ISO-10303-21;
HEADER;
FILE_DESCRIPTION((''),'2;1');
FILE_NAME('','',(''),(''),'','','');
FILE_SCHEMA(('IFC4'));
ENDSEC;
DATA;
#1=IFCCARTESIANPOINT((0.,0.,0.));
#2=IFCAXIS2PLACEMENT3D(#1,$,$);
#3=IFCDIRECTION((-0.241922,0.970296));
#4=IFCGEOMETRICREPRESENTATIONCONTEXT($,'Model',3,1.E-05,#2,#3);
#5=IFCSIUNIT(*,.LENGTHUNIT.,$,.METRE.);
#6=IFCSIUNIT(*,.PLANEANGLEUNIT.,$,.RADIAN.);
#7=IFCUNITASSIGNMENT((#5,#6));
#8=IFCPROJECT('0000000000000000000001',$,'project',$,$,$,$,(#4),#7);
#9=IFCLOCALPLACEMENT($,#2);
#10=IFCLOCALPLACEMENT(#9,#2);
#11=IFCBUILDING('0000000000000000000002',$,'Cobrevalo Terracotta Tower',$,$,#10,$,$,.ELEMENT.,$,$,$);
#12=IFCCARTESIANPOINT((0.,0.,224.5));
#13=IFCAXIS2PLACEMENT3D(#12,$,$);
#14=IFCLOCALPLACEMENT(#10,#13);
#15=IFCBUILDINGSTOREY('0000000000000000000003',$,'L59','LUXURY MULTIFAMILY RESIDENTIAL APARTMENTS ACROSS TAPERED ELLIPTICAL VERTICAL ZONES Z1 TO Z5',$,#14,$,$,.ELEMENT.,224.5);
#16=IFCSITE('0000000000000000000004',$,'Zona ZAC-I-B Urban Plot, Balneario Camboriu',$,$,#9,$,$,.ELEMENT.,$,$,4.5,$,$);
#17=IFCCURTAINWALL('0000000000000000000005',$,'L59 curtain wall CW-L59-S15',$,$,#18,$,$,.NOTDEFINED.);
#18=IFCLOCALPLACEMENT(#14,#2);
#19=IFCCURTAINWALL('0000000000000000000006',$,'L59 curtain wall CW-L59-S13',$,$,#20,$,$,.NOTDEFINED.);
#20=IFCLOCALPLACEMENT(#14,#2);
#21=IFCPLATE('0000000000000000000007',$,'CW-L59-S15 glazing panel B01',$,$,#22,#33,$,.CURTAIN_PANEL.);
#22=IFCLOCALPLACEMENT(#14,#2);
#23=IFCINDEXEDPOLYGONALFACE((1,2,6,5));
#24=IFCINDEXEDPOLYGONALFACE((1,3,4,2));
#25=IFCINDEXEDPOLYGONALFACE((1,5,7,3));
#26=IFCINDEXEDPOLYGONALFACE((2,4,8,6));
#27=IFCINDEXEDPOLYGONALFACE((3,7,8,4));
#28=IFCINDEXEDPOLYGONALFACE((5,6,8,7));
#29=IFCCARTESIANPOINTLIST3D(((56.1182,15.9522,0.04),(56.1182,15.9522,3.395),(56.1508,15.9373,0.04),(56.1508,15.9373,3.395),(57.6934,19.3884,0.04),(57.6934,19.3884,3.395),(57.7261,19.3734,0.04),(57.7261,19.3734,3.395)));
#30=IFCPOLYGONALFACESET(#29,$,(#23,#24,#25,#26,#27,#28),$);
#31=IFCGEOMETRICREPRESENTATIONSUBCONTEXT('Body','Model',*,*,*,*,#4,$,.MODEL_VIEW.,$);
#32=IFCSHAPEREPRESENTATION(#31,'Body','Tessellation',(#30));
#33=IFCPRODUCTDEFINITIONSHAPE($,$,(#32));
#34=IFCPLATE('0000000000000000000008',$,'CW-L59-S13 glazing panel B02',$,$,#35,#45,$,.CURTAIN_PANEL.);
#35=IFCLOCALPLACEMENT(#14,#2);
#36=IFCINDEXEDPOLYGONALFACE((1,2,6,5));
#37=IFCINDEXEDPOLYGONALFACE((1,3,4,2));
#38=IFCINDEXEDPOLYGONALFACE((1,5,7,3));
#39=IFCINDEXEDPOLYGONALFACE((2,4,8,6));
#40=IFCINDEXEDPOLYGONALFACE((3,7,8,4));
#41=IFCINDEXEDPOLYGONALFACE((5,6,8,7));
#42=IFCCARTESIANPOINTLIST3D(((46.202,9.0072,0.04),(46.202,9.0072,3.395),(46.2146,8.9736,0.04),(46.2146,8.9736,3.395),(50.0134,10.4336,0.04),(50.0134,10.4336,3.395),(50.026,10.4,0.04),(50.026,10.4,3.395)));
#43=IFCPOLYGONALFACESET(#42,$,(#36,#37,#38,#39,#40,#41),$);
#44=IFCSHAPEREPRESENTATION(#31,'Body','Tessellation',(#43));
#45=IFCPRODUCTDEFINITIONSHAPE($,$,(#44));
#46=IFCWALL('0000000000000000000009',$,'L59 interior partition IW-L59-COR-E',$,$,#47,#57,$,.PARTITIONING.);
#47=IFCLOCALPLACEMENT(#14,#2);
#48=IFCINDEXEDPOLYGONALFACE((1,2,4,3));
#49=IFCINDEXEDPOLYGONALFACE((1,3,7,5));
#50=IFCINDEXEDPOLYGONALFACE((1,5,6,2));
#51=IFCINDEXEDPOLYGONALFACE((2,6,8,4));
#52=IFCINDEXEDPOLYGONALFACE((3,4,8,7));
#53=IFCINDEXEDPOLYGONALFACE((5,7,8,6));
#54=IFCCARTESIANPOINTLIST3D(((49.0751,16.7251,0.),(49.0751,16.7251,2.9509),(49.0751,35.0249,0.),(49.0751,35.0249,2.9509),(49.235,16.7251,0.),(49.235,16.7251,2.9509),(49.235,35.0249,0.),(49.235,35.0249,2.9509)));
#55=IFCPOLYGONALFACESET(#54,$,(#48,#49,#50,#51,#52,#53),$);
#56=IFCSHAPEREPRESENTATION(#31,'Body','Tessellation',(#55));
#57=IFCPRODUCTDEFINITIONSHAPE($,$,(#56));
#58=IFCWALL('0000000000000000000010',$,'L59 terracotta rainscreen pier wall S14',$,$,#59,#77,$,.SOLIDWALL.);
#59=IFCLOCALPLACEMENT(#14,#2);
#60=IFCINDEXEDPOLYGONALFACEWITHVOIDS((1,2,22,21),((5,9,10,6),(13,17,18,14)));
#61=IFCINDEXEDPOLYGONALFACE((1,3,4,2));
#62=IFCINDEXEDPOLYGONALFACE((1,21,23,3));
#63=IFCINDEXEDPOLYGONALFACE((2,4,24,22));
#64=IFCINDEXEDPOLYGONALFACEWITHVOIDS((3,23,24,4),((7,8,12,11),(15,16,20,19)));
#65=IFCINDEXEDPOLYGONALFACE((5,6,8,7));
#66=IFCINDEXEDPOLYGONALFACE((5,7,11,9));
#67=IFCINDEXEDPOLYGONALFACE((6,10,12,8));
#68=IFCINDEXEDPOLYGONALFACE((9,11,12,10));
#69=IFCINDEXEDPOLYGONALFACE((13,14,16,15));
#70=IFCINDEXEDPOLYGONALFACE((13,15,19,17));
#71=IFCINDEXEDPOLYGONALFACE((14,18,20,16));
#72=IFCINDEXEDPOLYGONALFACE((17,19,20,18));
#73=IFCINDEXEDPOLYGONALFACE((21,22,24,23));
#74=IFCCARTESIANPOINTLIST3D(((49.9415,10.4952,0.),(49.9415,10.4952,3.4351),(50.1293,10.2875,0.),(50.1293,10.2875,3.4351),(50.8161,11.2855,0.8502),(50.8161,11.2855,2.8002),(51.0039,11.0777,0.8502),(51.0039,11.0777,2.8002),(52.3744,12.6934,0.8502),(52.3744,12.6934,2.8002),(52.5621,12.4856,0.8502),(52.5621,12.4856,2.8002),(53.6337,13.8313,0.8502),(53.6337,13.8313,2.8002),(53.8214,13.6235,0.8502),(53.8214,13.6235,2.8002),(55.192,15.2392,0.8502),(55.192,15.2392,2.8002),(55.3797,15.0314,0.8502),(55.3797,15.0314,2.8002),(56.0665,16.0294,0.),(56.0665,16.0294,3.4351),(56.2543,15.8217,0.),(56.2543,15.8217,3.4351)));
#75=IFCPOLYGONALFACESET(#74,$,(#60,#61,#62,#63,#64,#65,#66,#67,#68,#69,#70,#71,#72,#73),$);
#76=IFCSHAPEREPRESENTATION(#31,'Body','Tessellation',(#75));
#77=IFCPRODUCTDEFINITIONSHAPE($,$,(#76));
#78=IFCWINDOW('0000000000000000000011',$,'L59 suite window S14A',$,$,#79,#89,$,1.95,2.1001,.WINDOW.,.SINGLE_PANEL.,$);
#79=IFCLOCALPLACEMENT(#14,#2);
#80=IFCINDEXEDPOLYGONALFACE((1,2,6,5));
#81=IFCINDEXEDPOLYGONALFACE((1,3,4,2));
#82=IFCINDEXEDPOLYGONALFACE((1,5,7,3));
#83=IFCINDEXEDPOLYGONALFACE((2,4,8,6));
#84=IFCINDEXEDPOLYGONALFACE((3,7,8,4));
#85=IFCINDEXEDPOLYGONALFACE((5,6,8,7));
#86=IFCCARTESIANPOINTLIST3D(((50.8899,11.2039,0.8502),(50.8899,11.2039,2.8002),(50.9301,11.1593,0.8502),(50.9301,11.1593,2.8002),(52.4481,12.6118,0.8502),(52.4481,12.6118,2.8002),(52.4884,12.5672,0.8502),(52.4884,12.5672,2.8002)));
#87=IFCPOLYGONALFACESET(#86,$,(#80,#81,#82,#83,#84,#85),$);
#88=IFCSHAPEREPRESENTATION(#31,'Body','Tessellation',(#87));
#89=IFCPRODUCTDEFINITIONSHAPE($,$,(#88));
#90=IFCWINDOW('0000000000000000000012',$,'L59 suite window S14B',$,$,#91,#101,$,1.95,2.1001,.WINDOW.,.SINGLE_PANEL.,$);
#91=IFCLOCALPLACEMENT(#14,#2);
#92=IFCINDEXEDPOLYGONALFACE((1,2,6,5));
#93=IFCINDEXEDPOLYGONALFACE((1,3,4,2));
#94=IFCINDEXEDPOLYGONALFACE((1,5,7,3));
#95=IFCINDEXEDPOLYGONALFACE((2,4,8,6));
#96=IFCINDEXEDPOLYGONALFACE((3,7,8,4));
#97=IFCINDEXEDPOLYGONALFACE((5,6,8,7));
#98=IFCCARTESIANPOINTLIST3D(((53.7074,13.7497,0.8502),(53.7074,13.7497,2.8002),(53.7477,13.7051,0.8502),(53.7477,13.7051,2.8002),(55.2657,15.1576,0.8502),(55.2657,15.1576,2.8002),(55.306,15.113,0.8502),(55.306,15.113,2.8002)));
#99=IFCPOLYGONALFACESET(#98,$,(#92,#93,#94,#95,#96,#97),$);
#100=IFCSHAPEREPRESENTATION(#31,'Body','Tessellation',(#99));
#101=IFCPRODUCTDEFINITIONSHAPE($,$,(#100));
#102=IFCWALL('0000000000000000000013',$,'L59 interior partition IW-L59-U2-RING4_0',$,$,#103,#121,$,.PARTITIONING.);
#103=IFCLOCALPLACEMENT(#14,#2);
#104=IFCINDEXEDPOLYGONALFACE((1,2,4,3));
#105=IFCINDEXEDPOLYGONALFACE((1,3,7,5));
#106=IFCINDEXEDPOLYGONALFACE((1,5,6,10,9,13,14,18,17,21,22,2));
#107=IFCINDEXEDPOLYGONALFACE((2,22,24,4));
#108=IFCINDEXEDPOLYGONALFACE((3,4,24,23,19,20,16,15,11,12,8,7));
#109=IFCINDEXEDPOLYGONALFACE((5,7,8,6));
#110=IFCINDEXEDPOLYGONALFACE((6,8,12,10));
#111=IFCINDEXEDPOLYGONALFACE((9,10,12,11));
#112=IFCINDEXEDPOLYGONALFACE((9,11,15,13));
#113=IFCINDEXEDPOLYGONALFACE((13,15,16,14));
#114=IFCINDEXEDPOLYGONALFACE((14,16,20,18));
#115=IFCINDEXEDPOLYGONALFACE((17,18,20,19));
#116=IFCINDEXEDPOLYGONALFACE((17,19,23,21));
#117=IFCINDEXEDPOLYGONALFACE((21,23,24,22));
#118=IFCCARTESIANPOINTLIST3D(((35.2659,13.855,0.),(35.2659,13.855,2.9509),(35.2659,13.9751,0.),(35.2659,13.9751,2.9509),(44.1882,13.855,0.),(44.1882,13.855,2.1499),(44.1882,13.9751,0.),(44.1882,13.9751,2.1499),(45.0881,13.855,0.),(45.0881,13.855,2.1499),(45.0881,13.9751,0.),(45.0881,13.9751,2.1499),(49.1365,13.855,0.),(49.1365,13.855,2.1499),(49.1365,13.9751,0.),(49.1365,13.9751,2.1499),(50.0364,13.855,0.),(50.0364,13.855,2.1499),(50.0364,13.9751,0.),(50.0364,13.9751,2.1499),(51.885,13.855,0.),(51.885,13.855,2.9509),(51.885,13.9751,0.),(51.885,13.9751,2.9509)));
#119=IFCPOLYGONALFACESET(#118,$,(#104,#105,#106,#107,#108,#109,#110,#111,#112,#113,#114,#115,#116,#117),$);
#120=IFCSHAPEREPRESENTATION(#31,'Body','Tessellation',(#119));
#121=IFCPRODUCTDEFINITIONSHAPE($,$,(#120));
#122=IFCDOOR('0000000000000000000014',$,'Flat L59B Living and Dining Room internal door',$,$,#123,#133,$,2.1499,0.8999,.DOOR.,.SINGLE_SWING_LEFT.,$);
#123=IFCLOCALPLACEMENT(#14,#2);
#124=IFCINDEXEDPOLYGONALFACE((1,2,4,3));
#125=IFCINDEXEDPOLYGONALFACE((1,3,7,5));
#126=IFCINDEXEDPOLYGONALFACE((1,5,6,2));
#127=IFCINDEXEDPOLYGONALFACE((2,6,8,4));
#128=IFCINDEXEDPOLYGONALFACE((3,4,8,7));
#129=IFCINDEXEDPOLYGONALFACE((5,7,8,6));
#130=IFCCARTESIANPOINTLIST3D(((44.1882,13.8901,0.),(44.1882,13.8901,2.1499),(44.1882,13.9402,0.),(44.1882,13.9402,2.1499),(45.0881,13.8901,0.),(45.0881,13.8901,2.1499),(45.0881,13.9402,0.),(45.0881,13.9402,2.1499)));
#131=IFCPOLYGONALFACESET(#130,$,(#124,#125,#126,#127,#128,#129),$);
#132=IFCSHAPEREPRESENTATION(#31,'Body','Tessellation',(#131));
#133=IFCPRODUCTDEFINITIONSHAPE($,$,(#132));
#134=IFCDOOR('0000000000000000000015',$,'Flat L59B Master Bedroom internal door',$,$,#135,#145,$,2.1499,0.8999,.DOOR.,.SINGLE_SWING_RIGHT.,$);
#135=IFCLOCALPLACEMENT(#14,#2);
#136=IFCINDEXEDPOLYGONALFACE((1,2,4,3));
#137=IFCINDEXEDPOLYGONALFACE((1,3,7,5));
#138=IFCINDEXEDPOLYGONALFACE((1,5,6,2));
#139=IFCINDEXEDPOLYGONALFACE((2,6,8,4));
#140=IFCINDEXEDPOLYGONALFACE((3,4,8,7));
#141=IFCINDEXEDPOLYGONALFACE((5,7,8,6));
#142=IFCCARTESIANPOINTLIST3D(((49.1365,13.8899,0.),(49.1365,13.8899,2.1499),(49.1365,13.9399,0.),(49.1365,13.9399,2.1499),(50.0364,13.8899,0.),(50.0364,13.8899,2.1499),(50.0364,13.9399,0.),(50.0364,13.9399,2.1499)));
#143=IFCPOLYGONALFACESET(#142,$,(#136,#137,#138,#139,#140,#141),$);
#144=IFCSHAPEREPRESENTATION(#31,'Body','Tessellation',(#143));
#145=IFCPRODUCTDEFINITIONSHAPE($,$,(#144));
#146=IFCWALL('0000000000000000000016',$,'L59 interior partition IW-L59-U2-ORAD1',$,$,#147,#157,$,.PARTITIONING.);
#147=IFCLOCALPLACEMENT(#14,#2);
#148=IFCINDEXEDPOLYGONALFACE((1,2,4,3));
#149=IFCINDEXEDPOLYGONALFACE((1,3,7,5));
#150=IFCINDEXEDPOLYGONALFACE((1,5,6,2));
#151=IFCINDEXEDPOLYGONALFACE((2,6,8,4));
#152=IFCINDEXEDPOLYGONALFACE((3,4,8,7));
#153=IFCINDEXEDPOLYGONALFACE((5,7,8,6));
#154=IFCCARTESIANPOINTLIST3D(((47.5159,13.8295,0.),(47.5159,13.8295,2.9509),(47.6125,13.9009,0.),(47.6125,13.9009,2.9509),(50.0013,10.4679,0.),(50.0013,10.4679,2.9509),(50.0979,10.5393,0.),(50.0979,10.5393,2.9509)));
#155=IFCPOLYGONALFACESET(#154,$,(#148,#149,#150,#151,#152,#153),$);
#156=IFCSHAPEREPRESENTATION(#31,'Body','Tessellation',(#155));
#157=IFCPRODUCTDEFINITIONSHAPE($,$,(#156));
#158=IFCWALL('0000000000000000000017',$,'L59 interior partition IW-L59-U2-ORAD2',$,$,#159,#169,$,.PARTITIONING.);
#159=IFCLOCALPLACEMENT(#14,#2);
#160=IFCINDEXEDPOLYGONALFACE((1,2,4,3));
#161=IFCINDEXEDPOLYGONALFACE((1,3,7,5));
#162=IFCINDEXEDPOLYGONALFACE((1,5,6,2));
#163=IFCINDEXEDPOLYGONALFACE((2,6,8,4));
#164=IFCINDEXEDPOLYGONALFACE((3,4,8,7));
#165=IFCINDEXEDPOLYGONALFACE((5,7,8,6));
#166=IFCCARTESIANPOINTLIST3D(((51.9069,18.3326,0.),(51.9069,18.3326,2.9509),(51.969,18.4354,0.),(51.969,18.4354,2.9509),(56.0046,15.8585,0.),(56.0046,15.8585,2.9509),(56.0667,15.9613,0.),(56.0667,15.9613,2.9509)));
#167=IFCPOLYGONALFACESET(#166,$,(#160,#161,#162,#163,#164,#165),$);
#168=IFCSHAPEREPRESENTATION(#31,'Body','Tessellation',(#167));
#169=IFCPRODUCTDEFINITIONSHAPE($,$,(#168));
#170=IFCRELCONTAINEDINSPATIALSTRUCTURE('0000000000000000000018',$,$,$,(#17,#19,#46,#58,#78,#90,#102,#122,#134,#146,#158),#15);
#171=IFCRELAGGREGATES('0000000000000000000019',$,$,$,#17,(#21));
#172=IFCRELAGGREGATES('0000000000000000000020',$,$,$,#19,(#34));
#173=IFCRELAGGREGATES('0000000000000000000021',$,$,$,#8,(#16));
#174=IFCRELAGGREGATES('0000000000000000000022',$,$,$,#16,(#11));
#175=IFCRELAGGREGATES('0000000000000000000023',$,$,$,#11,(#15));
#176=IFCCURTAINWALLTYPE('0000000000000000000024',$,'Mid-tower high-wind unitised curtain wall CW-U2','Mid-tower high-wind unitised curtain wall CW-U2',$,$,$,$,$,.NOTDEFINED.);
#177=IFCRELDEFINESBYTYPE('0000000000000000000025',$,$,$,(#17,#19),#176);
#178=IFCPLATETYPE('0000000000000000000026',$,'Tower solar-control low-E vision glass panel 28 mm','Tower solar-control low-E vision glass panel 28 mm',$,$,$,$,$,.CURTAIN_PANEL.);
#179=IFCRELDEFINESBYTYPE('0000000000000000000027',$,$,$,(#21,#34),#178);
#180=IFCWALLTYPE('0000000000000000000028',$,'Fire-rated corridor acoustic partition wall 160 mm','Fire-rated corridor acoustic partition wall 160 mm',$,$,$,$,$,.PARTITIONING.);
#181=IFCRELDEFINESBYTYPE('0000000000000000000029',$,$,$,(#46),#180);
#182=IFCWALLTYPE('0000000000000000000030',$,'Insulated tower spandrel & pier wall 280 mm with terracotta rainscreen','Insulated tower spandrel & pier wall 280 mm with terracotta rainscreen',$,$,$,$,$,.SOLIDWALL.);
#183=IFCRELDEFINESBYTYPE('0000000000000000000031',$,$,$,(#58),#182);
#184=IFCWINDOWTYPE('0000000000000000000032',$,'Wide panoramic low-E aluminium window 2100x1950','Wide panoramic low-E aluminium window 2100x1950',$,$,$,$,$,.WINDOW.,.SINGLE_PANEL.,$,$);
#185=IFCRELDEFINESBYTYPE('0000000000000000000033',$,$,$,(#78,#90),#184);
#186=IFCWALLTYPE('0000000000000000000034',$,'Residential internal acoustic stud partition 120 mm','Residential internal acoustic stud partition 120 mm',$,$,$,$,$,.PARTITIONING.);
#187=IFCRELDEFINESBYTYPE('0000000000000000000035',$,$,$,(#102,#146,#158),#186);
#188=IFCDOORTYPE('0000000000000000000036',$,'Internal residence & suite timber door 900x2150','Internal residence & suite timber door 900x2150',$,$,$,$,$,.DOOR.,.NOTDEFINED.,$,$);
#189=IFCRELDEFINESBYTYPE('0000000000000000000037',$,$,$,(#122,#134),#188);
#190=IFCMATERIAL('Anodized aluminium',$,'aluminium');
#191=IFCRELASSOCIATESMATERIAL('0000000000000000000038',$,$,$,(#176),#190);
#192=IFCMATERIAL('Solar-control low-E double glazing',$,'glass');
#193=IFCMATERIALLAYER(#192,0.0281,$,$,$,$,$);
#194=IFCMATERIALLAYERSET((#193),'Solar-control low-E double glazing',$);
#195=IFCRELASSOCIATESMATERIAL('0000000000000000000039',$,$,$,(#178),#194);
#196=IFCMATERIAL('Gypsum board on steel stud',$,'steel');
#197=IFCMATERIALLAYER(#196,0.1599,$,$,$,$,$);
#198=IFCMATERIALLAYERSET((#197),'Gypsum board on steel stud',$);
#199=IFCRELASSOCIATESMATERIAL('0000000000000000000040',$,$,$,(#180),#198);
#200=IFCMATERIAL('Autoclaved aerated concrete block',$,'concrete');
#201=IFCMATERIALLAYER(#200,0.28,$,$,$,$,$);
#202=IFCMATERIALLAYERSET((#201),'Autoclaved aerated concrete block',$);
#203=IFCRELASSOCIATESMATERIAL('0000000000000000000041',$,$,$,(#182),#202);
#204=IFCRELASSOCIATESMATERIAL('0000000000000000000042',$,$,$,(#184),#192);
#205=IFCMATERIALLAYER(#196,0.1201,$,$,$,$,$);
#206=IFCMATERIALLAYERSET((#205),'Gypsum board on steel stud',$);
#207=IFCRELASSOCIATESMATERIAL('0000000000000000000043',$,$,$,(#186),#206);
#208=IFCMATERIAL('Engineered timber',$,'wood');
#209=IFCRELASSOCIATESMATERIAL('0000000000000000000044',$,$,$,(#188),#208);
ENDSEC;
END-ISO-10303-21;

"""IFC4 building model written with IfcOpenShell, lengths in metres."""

from ifc_helpers import new_model, si_unit, direction, frame, frame_2d, origin, origin_2d, place, context, subcontext, project, spatial, rectangle, extrude, source, transform, mapped, material, layer, layer_set, type_object, element, fill, aggregate, save


model = new_model("IFC4")

# Units and contexts
model_context = context("Model", 3, precision=1e-05, world=origin(), true_north=direction((-0.241922, 0.970296)))
body_context = subcontext(model_context, "Body", "Model", "MODEL_VIEW")
ifc_project = project(units=[si_unit("LENGTHUNIT", "METRE"), si_unit("PLANEANGLEUNIT", "RADIAN")], contexts=[model_context])

# Site, building, storey
site_placement = place(None, origin())
site = spatial("IfcSite", under=ifc_project, at=site_placement, Name="Zona ZAC-I-B Urban Plot, Balneario Camboriu", CompositionType="ELEMENT", RefElevation=4.5)
building_placement = place(site_placement, origin())
building = spatial("IfcBuilding", under=site, at=building_placement, Name="Cobrevalo Terracotta Tower", CompositionType="ELEMENT")
storey_placement = place(building_placement, frame((0.0, 0.0, 224.5)))
storey = spatial("IfcBuildingStorey", under=building, at=storey_placement, Name="L59", Description="LUXURY MULTIFAMILY RESIDENTIAL APARTMENTS ACROSS TAPERED ELLIPTICAL VERTICAL ZONES Z1 TO Z5", CompositionType="ELEMENT", Elevation=224.5)

# Curtain wall
ifc_material_1 = material(Name="Anodized aluminium", Category="aluminium")
curtain_wall_type = type_object("IfcCurtainWallType", Name="Mid-tower high-wind unitised curtain wall CW-U2", Description="Mid-tower high-wind unitised curtain wall CW-U2", PredefinedType="NOTDEFINED", material=ifc_material_1)
curtain_wall_1_placement = place(storey_placement, origin())
curtain_wall_1 = element("IfcCurtainWall", 1, at=curtain_wall_1_placement, inside=storey, type_object=curtain_wall_type, Name="L59 curtain wall CW-L59-S15", PredefinedType="NOTDEFINED")

# Curtain wall
curtain_wall_2_placement = place(storey_placement, origin())
curtain_wall_2 = element("IfcCurtainWall", 2, at=curtain_wall_2_placement, inside=storey, type_object=curtain_wall_type, Name="L59 curtain wall CW-L59-S13", PredefinedType="NOTDEFINED")

# Plates
ifc_material_2 = material(Name="Solar-control low-E double glazing", Category="glass")
ifc_layer_1 = layer(ifc_material_2, 0.0281)
ifc_layer_set_1 = layer_set([ifc_layer_1], Name="Solar-control low-E double glazing")
plate_type = type_object("IfcPlateType", Name="Tower solar-control low-E vision glass panel 28 mm", Description="Tower solar-control low-E vision glass panel 28 mm", PredefinedType="CURTAIN_PANEL", material=ifc_layer_set_1)
shared_shape_1 = source(origin(), body_context, "Body", "SweptSolid", [
    extrude(rectangle(XDim=3.78, YDim=0.0359, at=origin_2d()), origin(), (0.0, 0.0, 1.0), 3.355),
])
plate_1_placement = place(storey_placement, frame((56.9221, 17.6628, 0.04), z_axis=(0.0, 0.0, 1.0), x_axis=(0.416731, 0.90903, 0.0)))
plate_1 = element("IfcPlate", 3, at=plate_1_placement, type_object=plate_type, Name="CW-L59-S15 glazing panel B01", PredefinedType="CURTAIN_PANEL", context=body_context, shape_type="MappedRepresentation", body=[
    mapped(shared_shape_1, transform((0.0, 0.0, 0.0), scale=1.0)),
])
aggregate(curtain_wall_1, [plate_1])
shared_shape_2 = source(origin(), body_context, "Body", "SweptSolid", [
    extrude(rectangle(XDim=4.0696, YDim=0.0359, at=origin_2d()), origin(), (0.0, 0.0, 1.0), 3.355),
])
plate_2_placement = place(storey_placement, frame((48.114, 9.7036, 0.04), z_axis=(0.0, 0.0, 1.0), x_axis=(0.936558, 0.350513, 0.0)))
plate_2 = element("IfcPlate", 4, at=plate_2_placement, type_object=plate_type, Name="CW-L59-S13 glazing panel B02", PredefinedType="CURTAIN_PANEL", context=body_context, shape_type="MappedRepresentation", body=[
    mapped(shared_shape_2, transform((0.0, 0.0, 0.0), scale=1.0)),
])
aggregate(curtain_wall_2, [plate_2])

# Wall
ifc_material_3 = material(Name="Gypsum board on steel stud", Category="steel")
ifc_layer_2 = layer(ifc_material_3, 0.1599)
ifc_layer_set_2 = layer_set([ifc_layer_2], Name="Gypsum board on steel stud")
wall_type_1 = type_object("IfcWallType", Name="Fire-rated corridor acoustic partition wall 160 mm", Description="Fire-rated corridor acoustic partition wall 160 mm", PredefinedType="PARTITIONING", material=ifc_layer_set_2)
wall_1_placement = place(storey_placement, frame((49.155, 16.7251, 0.0), z_axis=(0.0, 0.0, 1.0), x_axis=(0.0, 1.0, 0.0)))
element("IfcWall", 5, at=wall_1_placement, inside=storey, type_object=wall_type_1, Name="L59 interior partition IW-L59-COR-E", PredefinedType="PARTITIONING", context=body_context, shape_type="SweptSolid", body=[
    extrude(rectangle(XDim=18.2998, YDim=0.1599, at=frame_2d((9.1499, 0.0))), origin(), (0.0, 0.0, 1.0), 2.9509),
])

# Wall, openings, windows
ifc_material_4 = material(Name="Autoclaved aerated concrete block", Category="concrete")
ifc_layer_3 = layer(ifc_material_4, 0.28)
ifc_layer_set_3 = layer_set([ifc_layer_3], Name="Autoclaved aerated concrete block")
wall_type_2 = type_object("IfcWallType", Name="Insulated tower spandrel & pier wall 280 mm with terracotta rainscreen", Description="Insulated tower spandrel & pier wall 280 mm with terracotta rainscreen", PredefinedType="SOLIDWALL", material=ifc_layer_set_3)
wall_2_placement = place(storey_placement, frame((50.0354, 10.3914, 0.0), z_axis=(0.0, 0.0, 1.0), x_axis=(0.741987, 0.670414, 0.0)))
wall_2 = element("IfcWall", 6, at=wall_2_placement, inside=storey, type_object=wall_type_2, Name="L59 terracotta rainscreen pier wall S14", PredefinedType="SOLIDWALL", context=body_context, shape_type="SweptSolid", body=[
    extrude(rectangle(XDim=8.2549, YDim=0.28, at=frame_2d((4.1274, 0.0))), origin(), (0.0, 0.0, 1.0), 3.4351),
])
opening_1_placement = place(wall_2_placement, frame((1.1787, 0.0, 0.8501)))
opening_1 = element("IfcOpeningElement", 7, at=opening_1_placement, cuts=wall_2, PredefinedType="OPENING", context=body_context, shape_type="SweptSolid", body=[
    extrude(rectangle(XDim=2.1001, YDim=1.95, at=frame_2d((1.05, 0.9751))), frame((0.0, 0.1499, 0.0), z_axis=(0.0, -1.0, 0.0), x_axis=(1.0, 0.0, 0.0)), (0.0, 0.0, 1.0), 0.3),
])
opening_2_placement = place(wall_2_placement, frame((4.9761, 0.0, 0.8501)))
opening_2 = element("IfcOpeningElement", 8, at=opening_2_placement, cuts=wall_2, PredefinedType="OPENING", context=body_context, shape_type="SweptSolid", body=[
    extrude(rectangle(XDim=2.1001, YDim=1.95, at=frame_2d((1.05, 0.9751))), frame((0.0, 0.1499, 0.0), z_axis=(0.0, -1.0, 0.0), x_axis=(1.0, 0.0, 0.0)), (0.0, 0.0, 1.0), 0.3),
])
window_type = type_object("IfcWindowType", Name="Wide panoramic low-E aluminium window 2100x1950", Description="Wide panoramic low-E aluminium window 2100x1950", PartitioningType="SINGLE_PANEL", PredefinedType="WINDOW", material=ifc_material_2)
shared_shape_3 = source(origin(), body_context, "Body", "SweptSolid", [
    extrude(rectangle(XDim=2.1001, YDim=1.95, at=frame_2d((1.05, 0.9751))), frame((0.0, 0.03, 0.0), z_axis=(0.0, -1.0, 0.0), x_axis=(1.0, 0.0, 0.0)), (0.0, 0.0, 1.0), 0.0601),
])
window_1_placement = place(opening_1_placement, origin())
window_1 = element("IfcWindow", 9, at=window_1_placement, inside=storey, type_object=window_type, Name="L59 suite window S14A", OverallHeight=1.95, OverallWidth=2.1001, PartitioningType="SINGLE_PANEL", PredefinedType="WINDOW", context=body_context, shape_type="MappedRepresentation", body=[
    mapped(shared_shape_3, transform((0.0, 0.0, 0.0), scale=1.0)),
])
fill(opening_1, window_1)
window_2_placement = place(opening_2_placement, origin())
window_2 = element("IfcWindow", 10, at=window_2_placement, inside=storey, type_object=window_type, Name="L59 suite window S14B", OverallHeight=1.95, OverallWidth=2.1001, PartitioningType="SINGLE_PANEL", PredefinedType="WINDOW", context=body_context, shape_type="MappedRepresentation", body=[
    mapped(shared_shape_3, transform((0.0, 0.0, 0.0), scale=1.0)),
])
fill(opening_2, window_2)

# Wall, openings, doors
ifc_layer_4 = layer(ifc_material_3, 0.1201)
ifc_layer_set_4 = layer_set([ifc_layer_4], Name="Gypsum board on steel stud")
wall_type_3 = type_object("IfcWallType", Name="Residential internal acoustic stud partition 120 mm", Description="Residential internal acoustic stud partition 120 mm", PredefinedType="PARTITIONING", material=ifc_layer_set_4)
wall_3_placement = place(storey_placement, frame((51.885, 13.915, 0.0), z_axis=(0.0, 0.0, 1.0), x_axis=(-1.0, 0.0, 0.0)))
wall_3 = element("IfcWall", 11, at=wall_3_placement, inside=storey, type_object=wall_type_3, Name="L59 interior partition IW-L59-U2-RING4_0", PredefinedType="PARTITIONING", context=body_context, shape_type="SweptSolid", body=[
    extrude(rectangle(XDim=16.6191, YDim=0.1201, at=frame_2d((8.3096, 0.0))), origin(), (0.0, 0.0, 1.0), 2.9509),
])
opening_3_placement = place(wall_3_placement, frame((6.7969, 0.0, 0.0)))
opening_3 = element("IfcOpeningElement", 12, at=opening_3_placement, cuts=wall_3, PredefinedType="OPENING", context=body_context, shape_type="SweptSolid", body=[
    extrude(rectangle(XDim=0.8999, YDim=2.1499, at=frame_2d((0.45, 1.075))), frame((0.0, 0.0701, 0.0), z_axis=(0.0, -1.0, 0.0), x_axis=(1.0, 0.0, 0.0)), (0.0, 0.0, 1.0), 0.1401),
])
opening_4_placement = place(wall_3_placement, frame((1.8486, 0.0, 0.0)))
opening_4 = element("IfcOpeningElement", 13, at=opening_4_placement, cuts=wall_3, PredefinedType="OPENING", context=body_context, shape_type="SweptSolid", body=[
    extrude(rectangle(XDim=0.8999, YDim=2.1499, at=frame_2d((0.45, 1.075))), frame((0.0, 0.0701, 0.0), z_axis=(0.0, -1.0, 0.0), x_axis=(1.0, 0.0, 0.0)), (0.0, 0.0, 1.0), 0.1401),
])
ifc_material_5 = material(Name="Engineered timber", Category="wood")
door_type = type_object("IfcDoorType", Name="Internal residence & suite timber door 900x2150", Description="Internal residence & suite timber door 900x2150", OperationType="NOTDEFINED", PredefinedType="DOOR", material=ifc_material_5)
shared_shape_4 = source(origin(), body_context, "Body", "SweptSolid", [
    extrude(rectangle(XDim=0.8999, YDim=2.1499, at=frame_2d((0.45, 1.075))), frame((0.0, 0.0249, 0.0), z_axis=(0.0, -1.0, 0.0), x_axis=(1.0, 0.0, 0.0)), (0.0, 0.0, 1.0), 0.05),
])
door_1_placement = place(opening_3_placement, origin())
door_1 = element("IfcDoor", 14, at=door_1_placement, inside=storey, type_object=door_type, Name="Flat L59B Living and Dining Room internal door", OperationType="SINGLE_SWING_LEFT", OverallHeight=2.1499, OverallWidth=0.8999, PredefinedType="DOOR", context=body_context, shape_type="MappedRepresentation", body=[
    mapped(shared_shape_4, transform((0.0, 0.0, 0.0), scale=1.0)),
])
fill(opening_3, door_1)
door_2_placement = place(opening_4_placement, frame((0.8999, 0.0, 0.0), z_axis=(0.0, 0.0, 1.0), x_axis=(-1.0, 0.0, 0.0)))
door_2 = element("IfcDoor", 15, at=door_2_placement, inside=storey, type_object=door_type, Name="Flat L59B Master Bedroom internal door", OperationType="SINGLE_SWING_RIGHT", OverallHeight=2.1499, OverallWidth=0.8999, PredefinedType="DOOR", context=body_context, shape_type="MappedRepresentation", body=[
    mapped(shared_shape_4, transform((0.0, 0.0, 0.0), scale=1.0)),
])
fill(opening_4, door_2)

# Walls
wall_4_placement = place(storey_placement, frame((47.5642, 13.8652, 0.0), z_axis=(0.0, 0.0, 1.0), x_axis=(0.594501, -0.804095, 0.0)))
element("IfcWall", 16, at=wall_4_placement, inside=storey, type_object=wall_type_3, Name="L59 interior partition IW-L59-U2-ORAD1", PredefinedType="PARTITIONING", context=body_context, shape_type="SweptSolid", body=[
    extrude(rectangle(XDim=4.1807, YDim=0.1201, at=frame_2d((2.0903, 0.0))), origin(), (0.0, 0.0, 1.0), 2.9509),
])
wall_5_placement = place(storey_placement, frame((51.938, 18.384, 0.0), z_axis=(0.0, 0.0, 1.0), x_axis=(0.856058, -0.516879, 0.0)))
element("IfcWall", 17, at=wall_5_placement, inside=storey, type_object=wall_type_3, Name="L59 interior partition IW-L59-U2-ORAD2", PredefinedType="PARTITIONING", context=body_context, shape_type="SweptSolid", body=[
    extrude(rectangle(XDim=4.7866, YDim=0.1201, at=frame_2d((2.3933, 0.0))), origin(), (0.0, 0.0, 1.0), 2.9509),
])

save(model, "model.ifc")
